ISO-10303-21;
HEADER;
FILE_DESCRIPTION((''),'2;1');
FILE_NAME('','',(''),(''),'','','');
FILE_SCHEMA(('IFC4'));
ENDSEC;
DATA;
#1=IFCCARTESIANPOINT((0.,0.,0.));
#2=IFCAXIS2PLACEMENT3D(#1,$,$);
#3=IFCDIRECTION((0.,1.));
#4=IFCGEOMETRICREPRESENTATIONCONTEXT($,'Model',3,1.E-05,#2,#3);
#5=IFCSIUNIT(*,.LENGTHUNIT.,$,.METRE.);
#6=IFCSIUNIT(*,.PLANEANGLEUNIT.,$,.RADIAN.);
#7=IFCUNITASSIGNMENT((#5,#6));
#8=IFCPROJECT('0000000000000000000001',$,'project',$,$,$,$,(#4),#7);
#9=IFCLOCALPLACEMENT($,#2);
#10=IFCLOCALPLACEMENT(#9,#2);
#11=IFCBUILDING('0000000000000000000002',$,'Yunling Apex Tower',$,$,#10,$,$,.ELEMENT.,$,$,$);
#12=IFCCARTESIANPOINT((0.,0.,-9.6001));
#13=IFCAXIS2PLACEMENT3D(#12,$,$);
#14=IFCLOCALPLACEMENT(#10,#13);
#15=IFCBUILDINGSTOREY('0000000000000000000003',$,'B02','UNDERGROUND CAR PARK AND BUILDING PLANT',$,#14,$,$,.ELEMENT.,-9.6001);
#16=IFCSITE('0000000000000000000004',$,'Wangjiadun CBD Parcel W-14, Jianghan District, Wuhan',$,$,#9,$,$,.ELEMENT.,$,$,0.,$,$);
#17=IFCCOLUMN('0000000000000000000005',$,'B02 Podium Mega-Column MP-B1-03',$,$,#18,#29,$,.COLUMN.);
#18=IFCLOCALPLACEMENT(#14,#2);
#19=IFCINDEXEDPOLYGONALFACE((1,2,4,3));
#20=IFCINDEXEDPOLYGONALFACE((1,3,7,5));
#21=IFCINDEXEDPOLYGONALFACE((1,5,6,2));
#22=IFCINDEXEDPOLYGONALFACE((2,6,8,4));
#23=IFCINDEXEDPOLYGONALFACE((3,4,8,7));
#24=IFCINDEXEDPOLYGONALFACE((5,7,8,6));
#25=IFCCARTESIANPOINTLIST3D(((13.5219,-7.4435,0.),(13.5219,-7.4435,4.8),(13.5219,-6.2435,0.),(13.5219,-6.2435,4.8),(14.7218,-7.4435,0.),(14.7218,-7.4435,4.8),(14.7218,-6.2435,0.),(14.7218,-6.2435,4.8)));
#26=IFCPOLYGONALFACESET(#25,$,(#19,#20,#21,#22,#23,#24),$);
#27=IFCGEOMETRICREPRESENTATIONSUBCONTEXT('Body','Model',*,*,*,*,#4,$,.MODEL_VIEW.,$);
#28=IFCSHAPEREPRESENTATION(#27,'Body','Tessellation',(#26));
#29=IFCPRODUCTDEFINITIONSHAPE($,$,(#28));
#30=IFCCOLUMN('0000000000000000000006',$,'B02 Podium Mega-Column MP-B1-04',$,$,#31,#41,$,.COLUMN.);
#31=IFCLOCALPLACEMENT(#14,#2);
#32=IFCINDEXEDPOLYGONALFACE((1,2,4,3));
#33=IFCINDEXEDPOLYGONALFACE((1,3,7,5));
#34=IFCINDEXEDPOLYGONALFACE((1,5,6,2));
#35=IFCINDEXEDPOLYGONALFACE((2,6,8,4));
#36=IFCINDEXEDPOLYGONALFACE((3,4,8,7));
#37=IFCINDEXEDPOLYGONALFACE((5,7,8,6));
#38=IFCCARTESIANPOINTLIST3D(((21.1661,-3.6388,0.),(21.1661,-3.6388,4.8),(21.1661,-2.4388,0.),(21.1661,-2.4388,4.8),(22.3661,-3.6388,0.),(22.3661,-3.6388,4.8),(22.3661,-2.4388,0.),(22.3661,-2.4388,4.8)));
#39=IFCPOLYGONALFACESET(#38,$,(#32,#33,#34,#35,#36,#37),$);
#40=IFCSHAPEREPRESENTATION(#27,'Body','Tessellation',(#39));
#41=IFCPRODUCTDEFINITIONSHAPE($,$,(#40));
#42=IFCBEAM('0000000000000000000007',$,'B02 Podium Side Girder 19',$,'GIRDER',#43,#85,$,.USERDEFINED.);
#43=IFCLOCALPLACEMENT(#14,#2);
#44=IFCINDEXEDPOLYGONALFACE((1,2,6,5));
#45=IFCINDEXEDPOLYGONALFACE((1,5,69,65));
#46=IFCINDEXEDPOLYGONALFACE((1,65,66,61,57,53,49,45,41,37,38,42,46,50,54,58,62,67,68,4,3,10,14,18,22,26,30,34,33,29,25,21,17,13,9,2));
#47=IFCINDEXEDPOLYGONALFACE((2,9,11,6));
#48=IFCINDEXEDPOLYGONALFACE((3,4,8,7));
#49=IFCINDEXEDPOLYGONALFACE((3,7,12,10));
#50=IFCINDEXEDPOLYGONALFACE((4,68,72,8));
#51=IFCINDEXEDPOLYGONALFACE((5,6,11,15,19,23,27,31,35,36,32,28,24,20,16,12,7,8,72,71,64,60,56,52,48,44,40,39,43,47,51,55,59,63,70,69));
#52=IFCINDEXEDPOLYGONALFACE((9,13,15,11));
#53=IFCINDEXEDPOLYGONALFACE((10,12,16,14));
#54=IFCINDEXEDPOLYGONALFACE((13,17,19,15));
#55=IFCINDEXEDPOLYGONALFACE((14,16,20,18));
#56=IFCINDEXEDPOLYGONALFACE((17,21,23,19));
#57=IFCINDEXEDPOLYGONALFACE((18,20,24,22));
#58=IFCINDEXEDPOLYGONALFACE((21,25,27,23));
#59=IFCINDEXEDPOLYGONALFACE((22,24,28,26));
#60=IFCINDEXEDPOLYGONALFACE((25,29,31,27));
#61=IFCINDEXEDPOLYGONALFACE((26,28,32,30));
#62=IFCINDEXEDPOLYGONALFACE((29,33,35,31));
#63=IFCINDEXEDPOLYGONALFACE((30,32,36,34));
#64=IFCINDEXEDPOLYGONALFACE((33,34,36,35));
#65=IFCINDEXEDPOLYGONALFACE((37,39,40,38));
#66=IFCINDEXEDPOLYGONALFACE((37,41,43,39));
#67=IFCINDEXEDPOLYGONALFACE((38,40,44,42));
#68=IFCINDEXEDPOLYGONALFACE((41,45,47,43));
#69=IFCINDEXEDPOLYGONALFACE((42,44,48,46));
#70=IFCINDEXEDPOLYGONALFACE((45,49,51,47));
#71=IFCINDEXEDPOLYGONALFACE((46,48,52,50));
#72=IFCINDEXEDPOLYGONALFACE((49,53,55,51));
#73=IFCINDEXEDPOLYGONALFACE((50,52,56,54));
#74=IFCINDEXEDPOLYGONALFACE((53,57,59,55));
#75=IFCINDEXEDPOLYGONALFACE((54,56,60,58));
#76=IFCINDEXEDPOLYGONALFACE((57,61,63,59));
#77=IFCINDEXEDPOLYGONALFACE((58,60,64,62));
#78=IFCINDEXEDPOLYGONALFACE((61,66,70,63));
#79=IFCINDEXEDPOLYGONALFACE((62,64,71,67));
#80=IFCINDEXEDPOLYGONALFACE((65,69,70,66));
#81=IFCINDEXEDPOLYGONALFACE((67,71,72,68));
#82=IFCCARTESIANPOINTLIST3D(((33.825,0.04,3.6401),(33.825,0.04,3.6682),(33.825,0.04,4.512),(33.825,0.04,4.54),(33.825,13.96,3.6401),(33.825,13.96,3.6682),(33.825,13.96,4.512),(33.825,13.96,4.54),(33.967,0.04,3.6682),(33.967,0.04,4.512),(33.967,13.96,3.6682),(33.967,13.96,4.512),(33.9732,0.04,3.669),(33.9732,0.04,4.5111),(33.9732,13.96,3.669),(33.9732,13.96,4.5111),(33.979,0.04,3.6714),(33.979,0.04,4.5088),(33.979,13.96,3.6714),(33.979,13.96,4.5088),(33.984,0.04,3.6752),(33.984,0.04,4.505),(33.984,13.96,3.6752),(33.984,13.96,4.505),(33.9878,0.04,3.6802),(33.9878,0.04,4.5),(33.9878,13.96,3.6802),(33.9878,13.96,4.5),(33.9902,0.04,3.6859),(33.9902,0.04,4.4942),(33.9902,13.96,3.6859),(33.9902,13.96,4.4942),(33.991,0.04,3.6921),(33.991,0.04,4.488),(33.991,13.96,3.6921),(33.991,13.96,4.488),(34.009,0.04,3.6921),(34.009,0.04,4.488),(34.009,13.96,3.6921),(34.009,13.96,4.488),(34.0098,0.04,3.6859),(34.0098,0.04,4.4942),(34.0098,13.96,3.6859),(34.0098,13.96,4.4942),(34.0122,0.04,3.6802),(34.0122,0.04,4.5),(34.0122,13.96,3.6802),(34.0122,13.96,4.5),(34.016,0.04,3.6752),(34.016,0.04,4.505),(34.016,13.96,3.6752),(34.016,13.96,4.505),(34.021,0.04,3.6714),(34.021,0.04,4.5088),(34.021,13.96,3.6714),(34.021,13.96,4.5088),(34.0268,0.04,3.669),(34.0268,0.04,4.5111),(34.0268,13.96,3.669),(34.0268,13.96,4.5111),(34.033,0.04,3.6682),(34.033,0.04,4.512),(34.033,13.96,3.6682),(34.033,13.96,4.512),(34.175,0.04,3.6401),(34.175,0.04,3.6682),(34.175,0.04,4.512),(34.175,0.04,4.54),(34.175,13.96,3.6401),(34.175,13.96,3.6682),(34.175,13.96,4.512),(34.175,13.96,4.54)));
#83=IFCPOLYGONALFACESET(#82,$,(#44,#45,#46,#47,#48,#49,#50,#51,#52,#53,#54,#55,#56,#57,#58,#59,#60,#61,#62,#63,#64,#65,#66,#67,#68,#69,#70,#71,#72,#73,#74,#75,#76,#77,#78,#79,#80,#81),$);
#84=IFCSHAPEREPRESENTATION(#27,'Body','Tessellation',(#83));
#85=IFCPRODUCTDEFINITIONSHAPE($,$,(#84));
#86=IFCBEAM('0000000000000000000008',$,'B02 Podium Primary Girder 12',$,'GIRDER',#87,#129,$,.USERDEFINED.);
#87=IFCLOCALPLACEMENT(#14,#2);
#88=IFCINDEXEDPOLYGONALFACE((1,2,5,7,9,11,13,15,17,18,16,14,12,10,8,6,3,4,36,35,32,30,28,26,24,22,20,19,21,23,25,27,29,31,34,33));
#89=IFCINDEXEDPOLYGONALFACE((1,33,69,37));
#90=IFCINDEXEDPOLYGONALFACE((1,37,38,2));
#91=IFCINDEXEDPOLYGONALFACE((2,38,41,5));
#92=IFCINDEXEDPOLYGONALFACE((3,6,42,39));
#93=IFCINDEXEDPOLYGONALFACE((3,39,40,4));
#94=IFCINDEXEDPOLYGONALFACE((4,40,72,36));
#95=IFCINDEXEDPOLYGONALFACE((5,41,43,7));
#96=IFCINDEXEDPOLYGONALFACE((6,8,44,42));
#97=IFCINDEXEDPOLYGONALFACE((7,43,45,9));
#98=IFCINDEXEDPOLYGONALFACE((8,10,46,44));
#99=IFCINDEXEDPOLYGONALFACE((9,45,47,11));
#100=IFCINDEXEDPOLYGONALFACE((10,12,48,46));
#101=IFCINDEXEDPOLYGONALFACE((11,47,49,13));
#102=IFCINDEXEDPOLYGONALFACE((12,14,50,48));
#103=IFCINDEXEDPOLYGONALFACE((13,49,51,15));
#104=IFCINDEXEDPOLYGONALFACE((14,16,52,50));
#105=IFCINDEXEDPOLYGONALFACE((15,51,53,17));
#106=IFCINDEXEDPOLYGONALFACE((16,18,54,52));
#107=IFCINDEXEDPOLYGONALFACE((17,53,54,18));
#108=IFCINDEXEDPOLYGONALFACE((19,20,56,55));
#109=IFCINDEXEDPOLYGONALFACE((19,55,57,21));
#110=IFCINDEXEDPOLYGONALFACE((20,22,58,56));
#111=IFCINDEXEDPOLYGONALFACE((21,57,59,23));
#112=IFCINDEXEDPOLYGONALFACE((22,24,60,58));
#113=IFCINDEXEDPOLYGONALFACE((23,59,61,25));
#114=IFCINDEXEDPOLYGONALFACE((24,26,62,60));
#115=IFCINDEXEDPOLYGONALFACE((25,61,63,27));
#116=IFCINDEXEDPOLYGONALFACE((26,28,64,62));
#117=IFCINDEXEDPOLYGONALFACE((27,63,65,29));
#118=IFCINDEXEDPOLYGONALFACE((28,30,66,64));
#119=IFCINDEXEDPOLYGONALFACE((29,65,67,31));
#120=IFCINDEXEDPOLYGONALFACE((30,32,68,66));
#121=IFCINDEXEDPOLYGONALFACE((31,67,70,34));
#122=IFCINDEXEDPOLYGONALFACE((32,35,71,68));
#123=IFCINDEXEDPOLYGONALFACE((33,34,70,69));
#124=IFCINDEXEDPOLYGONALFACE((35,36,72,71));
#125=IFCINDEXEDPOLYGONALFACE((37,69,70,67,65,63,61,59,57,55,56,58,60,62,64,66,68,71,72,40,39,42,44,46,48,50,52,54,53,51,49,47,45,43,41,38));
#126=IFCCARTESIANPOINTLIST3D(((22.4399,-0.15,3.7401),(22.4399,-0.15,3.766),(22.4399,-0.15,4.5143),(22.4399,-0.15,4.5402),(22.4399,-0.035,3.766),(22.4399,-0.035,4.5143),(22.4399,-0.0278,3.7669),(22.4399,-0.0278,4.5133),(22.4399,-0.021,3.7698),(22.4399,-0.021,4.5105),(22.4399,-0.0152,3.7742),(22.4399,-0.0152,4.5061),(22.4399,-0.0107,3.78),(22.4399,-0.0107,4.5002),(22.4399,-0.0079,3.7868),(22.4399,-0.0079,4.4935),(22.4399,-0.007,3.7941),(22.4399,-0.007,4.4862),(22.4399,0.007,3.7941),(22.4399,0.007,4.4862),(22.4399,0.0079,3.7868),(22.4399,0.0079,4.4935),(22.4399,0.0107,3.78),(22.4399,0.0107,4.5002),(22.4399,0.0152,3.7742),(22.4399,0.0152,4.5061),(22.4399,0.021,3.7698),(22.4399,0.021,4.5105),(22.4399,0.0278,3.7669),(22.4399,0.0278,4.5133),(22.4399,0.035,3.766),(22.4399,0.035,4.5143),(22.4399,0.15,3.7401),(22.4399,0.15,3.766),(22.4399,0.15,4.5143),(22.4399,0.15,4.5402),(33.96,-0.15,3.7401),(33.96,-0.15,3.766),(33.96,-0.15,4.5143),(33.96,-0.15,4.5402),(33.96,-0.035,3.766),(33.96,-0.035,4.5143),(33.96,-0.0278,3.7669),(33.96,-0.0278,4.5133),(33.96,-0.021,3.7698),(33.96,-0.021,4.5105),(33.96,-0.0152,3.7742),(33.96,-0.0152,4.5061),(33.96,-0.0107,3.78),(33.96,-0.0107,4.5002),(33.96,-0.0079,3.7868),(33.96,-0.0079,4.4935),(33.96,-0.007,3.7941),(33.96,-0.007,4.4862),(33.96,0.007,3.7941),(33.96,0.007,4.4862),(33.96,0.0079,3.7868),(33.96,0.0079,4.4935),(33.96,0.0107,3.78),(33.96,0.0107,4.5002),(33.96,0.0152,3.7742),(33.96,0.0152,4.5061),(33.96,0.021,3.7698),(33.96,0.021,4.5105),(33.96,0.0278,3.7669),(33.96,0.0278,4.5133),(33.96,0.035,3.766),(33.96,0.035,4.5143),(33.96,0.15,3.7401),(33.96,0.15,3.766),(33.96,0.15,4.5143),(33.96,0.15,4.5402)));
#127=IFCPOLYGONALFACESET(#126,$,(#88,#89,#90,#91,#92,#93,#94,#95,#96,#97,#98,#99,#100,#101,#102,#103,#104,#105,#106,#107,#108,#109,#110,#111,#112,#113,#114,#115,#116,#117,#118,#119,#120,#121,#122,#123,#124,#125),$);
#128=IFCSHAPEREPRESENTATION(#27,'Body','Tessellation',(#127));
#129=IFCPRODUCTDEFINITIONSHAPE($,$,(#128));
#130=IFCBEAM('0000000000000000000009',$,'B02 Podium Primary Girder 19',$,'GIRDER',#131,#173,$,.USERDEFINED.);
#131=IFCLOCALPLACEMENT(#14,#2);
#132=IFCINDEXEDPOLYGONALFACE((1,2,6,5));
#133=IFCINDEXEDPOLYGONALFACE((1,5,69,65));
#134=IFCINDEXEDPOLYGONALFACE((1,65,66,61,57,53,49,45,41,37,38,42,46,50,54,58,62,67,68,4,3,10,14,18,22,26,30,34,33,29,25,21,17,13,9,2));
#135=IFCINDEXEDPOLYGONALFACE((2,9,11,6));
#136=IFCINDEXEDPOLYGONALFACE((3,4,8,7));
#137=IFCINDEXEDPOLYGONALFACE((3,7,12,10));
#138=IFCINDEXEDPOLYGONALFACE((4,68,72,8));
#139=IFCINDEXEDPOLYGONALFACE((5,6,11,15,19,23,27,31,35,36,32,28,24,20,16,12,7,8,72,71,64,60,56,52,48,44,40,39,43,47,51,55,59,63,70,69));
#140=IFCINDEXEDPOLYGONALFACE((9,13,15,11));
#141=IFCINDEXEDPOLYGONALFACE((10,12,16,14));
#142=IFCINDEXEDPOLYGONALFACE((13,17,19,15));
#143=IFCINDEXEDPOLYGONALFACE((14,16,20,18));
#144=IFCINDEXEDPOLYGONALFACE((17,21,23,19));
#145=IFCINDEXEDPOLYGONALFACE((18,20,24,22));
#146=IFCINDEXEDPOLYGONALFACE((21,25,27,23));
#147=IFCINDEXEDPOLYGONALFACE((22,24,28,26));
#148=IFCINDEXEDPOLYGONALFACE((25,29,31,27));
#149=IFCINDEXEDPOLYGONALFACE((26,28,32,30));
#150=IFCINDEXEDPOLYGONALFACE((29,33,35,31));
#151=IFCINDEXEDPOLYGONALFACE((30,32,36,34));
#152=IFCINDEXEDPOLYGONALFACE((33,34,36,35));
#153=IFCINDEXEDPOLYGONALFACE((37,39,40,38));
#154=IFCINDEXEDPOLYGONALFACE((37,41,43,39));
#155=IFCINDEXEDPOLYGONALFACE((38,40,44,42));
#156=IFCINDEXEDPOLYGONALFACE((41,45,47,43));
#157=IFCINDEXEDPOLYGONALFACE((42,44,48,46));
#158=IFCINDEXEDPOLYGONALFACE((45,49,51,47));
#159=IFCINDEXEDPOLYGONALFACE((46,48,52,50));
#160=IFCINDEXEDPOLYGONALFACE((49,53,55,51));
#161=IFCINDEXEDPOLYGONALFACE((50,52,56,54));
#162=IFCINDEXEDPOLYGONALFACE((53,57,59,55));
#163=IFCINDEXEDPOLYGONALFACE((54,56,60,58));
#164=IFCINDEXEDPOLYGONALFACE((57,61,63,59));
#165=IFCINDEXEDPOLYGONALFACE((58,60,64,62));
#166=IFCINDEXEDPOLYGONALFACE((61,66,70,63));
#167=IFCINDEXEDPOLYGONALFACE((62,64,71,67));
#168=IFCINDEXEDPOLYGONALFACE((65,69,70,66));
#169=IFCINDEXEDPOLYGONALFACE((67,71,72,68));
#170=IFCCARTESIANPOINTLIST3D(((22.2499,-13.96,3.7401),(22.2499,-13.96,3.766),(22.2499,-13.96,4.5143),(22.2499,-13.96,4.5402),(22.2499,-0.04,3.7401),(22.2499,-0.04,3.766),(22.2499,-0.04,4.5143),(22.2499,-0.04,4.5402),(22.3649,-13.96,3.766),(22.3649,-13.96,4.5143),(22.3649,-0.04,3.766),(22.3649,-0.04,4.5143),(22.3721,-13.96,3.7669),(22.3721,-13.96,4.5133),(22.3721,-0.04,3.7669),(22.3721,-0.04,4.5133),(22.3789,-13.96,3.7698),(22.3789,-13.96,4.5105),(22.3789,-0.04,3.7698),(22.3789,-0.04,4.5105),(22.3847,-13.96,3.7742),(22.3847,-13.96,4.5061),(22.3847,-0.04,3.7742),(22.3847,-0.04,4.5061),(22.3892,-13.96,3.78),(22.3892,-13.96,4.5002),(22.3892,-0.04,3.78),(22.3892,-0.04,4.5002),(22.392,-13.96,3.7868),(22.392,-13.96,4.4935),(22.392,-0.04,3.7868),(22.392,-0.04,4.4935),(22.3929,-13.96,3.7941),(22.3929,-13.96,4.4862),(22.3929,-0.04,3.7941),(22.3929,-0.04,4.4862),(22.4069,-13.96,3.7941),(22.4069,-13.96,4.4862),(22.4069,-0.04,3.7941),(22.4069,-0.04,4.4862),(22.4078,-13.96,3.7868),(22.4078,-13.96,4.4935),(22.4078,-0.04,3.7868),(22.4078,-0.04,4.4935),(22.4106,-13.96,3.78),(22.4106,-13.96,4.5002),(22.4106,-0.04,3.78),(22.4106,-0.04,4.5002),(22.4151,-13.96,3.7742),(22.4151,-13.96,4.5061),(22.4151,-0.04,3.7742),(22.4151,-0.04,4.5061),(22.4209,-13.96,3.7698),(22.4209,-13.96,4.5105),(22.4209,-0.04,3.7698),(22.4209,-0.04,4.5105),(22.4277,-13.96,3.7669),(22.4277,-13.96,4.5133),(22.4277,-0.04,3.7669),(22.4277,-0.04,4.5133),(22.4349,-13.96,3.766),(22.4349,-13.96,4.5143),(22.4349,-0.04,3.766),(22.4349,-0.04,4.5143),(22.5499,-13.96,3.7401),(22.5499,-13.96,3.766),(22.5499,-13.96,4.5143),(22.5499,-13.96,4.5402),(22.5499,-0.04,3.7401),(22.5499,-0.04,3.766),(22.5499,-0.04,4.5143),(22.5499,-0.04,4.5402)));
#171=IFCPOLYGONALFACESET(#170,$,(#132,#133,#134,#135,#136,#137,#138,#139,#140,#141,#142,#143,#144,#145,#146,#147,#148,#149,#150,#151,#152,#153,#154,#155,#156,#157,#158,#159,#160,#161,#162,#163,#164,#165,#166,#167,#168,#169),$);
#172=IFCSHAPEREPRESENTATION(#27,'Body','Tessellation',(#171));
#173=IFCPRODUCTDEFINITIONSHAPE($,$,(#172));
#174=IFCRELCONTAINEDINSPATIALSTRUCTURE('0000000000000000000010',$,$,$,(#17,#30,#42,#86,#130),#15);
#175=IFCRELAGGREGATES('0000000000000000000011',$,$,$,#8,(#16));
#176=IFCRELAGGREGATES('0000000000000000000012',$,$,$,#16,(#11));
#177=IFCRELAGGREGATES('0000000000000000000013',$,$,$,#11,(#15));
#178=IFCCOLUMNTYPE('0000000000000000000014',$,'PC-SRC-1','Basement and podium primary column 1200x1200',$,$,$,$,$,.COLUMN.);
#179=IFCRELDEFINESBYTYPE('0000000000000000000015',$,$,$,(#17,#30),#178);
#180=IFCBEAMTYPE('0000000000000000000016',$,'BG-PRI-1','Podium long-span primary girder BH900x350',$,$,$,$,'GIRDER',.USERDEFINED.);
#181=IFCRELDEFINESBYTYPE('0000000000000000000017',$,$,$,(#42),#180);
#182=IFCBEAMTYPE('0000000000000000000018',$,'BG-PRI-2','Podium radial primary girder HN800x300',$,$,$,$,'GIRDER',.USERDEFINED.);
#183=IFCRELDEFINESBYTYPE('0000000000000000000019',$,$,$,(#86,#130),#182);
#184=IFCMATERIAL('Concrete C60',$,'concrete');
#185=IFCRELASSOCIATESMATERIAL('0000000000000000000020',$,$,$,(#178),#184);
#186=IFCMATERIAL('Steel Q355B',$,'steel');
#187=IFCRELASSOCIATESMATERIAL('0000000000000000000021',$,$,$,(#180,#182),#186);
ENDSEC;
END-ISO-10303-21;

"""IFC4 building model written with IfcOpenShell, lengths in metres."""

from ifc_helpers import new_model, si_unit, direction, frame, origin, origin_2d, place, context, subcontext, project, spatial, rectangle, i_section, extrude, source, transform, mapped, material, material_profile, profile_set, type_object, element, save


model = new_model("IFC4")

# Units and contexts
model_context = context("Model", 3, precision=1e-05, world=origin(), true_north=direction((0.0, 1.0)))
body_context = subcontext(model_context, "Body", "Model", "MODEL_VIEW")
ifc_project = project(units=[si_unit("LENGTHUNIT", "METRE"), si_unit("PLANEANGLEUNIT", "RADIAN")], contexts=[model_context])

# Site, building, storey
site_placement = place(None, origin())
site = spatial("IfcSite", under=ifc_project, at=site_placement, Name="Wangjiadun CBD Parcel W-14, Jianghan District, Wuhan", CompositionType="ELEMENT", RefElevation=0.0)
building_placement = place(site_placement, origin())
building = spatial("IfcBuilding", under=site, at=building_placement, Name="Yunling Apex Tower", CompositionType="ELEMENT")
storey_placement = place(building_placement, frame((0.0, 0.0, -9.6001)))
storey = spatial("IfcBuildingStorey", under=building, at=storey_placement, Name="B02", Description="UNDERGROUND CAR PARK AND BUILDING PLANT", CompositionType="ELEMENT", Elevation=-9.6001)

# Columns
ifc_material_1 = material(Name="Concrete C60", Category="concrete")
ifc_material_profile_1 = material_profile(ifc_material_1, rectangle(XDim=1.2, YDim=1.2, at=origin_2d()))
ifc_profile_set_1 = profile_set([ifc_material_profile_1], Name="Concrete C60")
column_type = type_object("IfcColumnType", Name="PC-SRC-1", Description="Basement and podium primary column 1200x1200", PredefinedType="COLUMN", material=ifc_profile_set_1)
shared_shape_1 = source(origin(), body_context, "Body", "SweptSolid", [
    extrude(rectangle(XDim=1.2, YDim=1.2, at=origin_2d()), origin(), (0.0, 0.0, 1.0), 4.8),
])
for number, where, z_axis, x_axis, name in (
    (1, (14.1218, -6.8435, 0.0), (0.0, 0.0, 1.0), (1.0, 0.0, 0.0), "B02 Podium Mega-Column MP-B1-03"),
    (2, (21.7661, -3.0388, 0.0), (0.0, 0.0, 1.0), (1.0, 0.0, 0.0), "B02 Podium Mega-Column MP-B1-04"),
):
    element("IfcColumn", number, at=place(storey_placement, frame(where, z_axis=z_axis, x_axis=x_axis)), inside=storey, type_object=column_type, Name=name, PredefinedType="COLUMN", context=body_context, shape_type="MappedRepresentation", body=[
        mapped(shared_shape_1, transform((0.0, 0.0, 0.0), scale=1.0)),
    ])

# Beams
ifc_material_2 = material(Name="Steel Q355B", Category="steel")
ifc_material_profile_2 = material_profile(ifc_material_2, i_section(OverallWidth=0.3501, OverallDepth=0.8999, WebThickness=0.0181, FlangeThickness=0.0281, FilletRadius=0.0239, at=origin_2d()))
ifc_profile_set_2 = profile_set([ifc_material_profile_2], Name="Steel Q355B")
beam_type_1 = type_object("IfcBeamType", Name="BG-PRI-1", Description="Podium long-span primary girder BH900x350", ElementType="GIRDER", PredefinedType="USERDEFINED", material=ifc_profile_set_2)
shared_shape_2 = source(origin(), body_context, "Body", "SweptSolid", [
    extrude(i_section(OverallWidth=0.3501, OverallDepth=0.8999, WebThickness=0.0181, FlangeThickness=0.0281, FilletRadius=0.0239, at=origin_2d()), origin(), (0.0, 0.0, 1.0), 13.9199),
])
beam_1_placement = place(storey_placement, frame((34.0, 0.04, 4.0901), z_axis=(0.0, 1.0, 0.0), x_axis=(-1.0, 0.0, 0.0)))
element("IfcBeam", 3, at=beam_1_placement, inside=storey, type_object=beam_type_1, Name="B02 Podium Side Girder 19", ObjectType="GIRDER", PredefinedType="USERDEFINED", context=body_context, shape_type="MappedRepresentation", body=[
    mapped(shared_shape_2, transform((0.0, 0.0, 0.0), scale=1.0)),
])
ifc_material_profile_3 = material_profile(ifc_material_2, i_section(OverallWidth=0.3, OverallDepth=0.8, WebThickness=0.0139, FlangeThickness=0.0259, FilletRadius=0.0281, at=origin_2d()))
ifc_profile_set_3 = profile_set([ifc_material_profile_3], Name="Steel Q355B")
beam_type_2 = type_object("IfcBeamType", Name="BG-PRI-2", Description="Podium radial primary girder HN800x300", ElementType="GIRDER", PredefinedType="USERDEFINED", material=ifc_profile_set_3)
shared_shape_3 = source(origin(), body_context, "Body", "SweptSolid", [
    extrude(i_section(OverallWidth=0.3, OverallDepth=0.8, WebThickness=0.0139, FlangeThickness=0.0259, FilletRadius=0.0281, at=origin_2d()), origin(), (0.0, 0.0, 1.0), 11.52),
])
beam_2_placement = place(storey_placement, frame((22.4399, 0.0, 4.1401), z_axis=(1.0, 0.0, 0.0), x_axis=(0.0, 1.0, 0.0)))
element("IfcBeam", 4, at=beam_2_placement, inside=storey, type_object=beam_type_2, Name="B02 Podium Primary Girder 12", ObjectType="GIRDER", PredefinedType="USERDEFINED", context=body_context, shape_type="MappedRepresentation", body=[
    mapped(shared_shape_3, transform((0.0, 0.0, 0.0), scale=1.0)),
])
shared_shape_4 = source(origin(), body_context, "Body", "SweptSolid", [
    extrude(i_section(OverallWidth=0.3, OverallDepth=0.8, WebThickness=0.0139, FlangeThickness=0.0259, FilletRadius=0.0281, at=origin_2d()), origin(), (0.0, 0.0, 1.0), 13.9199),
])
beam_3_placement = place(storey_placement, frame((22.3999, -0.04, 4.1401), z_axis=(0.0, -1.0, 0.0), x_axis=(1.0, 0.0, 0.0)))
element("IfcBeam", 5, at=beam_3_placement, inside=storey, type_object=beam_type_2, Name="B02 Podium Primary Girder 19", ObjectType="GIRDER", PredefinedType="USERDEFINED", context=body_context, shape_type="MappedRepresentation", body=[
    mapped(shared_shape_4, transform((0.0, 0.0, 0.0), scale=1.0)),
])

save(model, "model.ifc")
